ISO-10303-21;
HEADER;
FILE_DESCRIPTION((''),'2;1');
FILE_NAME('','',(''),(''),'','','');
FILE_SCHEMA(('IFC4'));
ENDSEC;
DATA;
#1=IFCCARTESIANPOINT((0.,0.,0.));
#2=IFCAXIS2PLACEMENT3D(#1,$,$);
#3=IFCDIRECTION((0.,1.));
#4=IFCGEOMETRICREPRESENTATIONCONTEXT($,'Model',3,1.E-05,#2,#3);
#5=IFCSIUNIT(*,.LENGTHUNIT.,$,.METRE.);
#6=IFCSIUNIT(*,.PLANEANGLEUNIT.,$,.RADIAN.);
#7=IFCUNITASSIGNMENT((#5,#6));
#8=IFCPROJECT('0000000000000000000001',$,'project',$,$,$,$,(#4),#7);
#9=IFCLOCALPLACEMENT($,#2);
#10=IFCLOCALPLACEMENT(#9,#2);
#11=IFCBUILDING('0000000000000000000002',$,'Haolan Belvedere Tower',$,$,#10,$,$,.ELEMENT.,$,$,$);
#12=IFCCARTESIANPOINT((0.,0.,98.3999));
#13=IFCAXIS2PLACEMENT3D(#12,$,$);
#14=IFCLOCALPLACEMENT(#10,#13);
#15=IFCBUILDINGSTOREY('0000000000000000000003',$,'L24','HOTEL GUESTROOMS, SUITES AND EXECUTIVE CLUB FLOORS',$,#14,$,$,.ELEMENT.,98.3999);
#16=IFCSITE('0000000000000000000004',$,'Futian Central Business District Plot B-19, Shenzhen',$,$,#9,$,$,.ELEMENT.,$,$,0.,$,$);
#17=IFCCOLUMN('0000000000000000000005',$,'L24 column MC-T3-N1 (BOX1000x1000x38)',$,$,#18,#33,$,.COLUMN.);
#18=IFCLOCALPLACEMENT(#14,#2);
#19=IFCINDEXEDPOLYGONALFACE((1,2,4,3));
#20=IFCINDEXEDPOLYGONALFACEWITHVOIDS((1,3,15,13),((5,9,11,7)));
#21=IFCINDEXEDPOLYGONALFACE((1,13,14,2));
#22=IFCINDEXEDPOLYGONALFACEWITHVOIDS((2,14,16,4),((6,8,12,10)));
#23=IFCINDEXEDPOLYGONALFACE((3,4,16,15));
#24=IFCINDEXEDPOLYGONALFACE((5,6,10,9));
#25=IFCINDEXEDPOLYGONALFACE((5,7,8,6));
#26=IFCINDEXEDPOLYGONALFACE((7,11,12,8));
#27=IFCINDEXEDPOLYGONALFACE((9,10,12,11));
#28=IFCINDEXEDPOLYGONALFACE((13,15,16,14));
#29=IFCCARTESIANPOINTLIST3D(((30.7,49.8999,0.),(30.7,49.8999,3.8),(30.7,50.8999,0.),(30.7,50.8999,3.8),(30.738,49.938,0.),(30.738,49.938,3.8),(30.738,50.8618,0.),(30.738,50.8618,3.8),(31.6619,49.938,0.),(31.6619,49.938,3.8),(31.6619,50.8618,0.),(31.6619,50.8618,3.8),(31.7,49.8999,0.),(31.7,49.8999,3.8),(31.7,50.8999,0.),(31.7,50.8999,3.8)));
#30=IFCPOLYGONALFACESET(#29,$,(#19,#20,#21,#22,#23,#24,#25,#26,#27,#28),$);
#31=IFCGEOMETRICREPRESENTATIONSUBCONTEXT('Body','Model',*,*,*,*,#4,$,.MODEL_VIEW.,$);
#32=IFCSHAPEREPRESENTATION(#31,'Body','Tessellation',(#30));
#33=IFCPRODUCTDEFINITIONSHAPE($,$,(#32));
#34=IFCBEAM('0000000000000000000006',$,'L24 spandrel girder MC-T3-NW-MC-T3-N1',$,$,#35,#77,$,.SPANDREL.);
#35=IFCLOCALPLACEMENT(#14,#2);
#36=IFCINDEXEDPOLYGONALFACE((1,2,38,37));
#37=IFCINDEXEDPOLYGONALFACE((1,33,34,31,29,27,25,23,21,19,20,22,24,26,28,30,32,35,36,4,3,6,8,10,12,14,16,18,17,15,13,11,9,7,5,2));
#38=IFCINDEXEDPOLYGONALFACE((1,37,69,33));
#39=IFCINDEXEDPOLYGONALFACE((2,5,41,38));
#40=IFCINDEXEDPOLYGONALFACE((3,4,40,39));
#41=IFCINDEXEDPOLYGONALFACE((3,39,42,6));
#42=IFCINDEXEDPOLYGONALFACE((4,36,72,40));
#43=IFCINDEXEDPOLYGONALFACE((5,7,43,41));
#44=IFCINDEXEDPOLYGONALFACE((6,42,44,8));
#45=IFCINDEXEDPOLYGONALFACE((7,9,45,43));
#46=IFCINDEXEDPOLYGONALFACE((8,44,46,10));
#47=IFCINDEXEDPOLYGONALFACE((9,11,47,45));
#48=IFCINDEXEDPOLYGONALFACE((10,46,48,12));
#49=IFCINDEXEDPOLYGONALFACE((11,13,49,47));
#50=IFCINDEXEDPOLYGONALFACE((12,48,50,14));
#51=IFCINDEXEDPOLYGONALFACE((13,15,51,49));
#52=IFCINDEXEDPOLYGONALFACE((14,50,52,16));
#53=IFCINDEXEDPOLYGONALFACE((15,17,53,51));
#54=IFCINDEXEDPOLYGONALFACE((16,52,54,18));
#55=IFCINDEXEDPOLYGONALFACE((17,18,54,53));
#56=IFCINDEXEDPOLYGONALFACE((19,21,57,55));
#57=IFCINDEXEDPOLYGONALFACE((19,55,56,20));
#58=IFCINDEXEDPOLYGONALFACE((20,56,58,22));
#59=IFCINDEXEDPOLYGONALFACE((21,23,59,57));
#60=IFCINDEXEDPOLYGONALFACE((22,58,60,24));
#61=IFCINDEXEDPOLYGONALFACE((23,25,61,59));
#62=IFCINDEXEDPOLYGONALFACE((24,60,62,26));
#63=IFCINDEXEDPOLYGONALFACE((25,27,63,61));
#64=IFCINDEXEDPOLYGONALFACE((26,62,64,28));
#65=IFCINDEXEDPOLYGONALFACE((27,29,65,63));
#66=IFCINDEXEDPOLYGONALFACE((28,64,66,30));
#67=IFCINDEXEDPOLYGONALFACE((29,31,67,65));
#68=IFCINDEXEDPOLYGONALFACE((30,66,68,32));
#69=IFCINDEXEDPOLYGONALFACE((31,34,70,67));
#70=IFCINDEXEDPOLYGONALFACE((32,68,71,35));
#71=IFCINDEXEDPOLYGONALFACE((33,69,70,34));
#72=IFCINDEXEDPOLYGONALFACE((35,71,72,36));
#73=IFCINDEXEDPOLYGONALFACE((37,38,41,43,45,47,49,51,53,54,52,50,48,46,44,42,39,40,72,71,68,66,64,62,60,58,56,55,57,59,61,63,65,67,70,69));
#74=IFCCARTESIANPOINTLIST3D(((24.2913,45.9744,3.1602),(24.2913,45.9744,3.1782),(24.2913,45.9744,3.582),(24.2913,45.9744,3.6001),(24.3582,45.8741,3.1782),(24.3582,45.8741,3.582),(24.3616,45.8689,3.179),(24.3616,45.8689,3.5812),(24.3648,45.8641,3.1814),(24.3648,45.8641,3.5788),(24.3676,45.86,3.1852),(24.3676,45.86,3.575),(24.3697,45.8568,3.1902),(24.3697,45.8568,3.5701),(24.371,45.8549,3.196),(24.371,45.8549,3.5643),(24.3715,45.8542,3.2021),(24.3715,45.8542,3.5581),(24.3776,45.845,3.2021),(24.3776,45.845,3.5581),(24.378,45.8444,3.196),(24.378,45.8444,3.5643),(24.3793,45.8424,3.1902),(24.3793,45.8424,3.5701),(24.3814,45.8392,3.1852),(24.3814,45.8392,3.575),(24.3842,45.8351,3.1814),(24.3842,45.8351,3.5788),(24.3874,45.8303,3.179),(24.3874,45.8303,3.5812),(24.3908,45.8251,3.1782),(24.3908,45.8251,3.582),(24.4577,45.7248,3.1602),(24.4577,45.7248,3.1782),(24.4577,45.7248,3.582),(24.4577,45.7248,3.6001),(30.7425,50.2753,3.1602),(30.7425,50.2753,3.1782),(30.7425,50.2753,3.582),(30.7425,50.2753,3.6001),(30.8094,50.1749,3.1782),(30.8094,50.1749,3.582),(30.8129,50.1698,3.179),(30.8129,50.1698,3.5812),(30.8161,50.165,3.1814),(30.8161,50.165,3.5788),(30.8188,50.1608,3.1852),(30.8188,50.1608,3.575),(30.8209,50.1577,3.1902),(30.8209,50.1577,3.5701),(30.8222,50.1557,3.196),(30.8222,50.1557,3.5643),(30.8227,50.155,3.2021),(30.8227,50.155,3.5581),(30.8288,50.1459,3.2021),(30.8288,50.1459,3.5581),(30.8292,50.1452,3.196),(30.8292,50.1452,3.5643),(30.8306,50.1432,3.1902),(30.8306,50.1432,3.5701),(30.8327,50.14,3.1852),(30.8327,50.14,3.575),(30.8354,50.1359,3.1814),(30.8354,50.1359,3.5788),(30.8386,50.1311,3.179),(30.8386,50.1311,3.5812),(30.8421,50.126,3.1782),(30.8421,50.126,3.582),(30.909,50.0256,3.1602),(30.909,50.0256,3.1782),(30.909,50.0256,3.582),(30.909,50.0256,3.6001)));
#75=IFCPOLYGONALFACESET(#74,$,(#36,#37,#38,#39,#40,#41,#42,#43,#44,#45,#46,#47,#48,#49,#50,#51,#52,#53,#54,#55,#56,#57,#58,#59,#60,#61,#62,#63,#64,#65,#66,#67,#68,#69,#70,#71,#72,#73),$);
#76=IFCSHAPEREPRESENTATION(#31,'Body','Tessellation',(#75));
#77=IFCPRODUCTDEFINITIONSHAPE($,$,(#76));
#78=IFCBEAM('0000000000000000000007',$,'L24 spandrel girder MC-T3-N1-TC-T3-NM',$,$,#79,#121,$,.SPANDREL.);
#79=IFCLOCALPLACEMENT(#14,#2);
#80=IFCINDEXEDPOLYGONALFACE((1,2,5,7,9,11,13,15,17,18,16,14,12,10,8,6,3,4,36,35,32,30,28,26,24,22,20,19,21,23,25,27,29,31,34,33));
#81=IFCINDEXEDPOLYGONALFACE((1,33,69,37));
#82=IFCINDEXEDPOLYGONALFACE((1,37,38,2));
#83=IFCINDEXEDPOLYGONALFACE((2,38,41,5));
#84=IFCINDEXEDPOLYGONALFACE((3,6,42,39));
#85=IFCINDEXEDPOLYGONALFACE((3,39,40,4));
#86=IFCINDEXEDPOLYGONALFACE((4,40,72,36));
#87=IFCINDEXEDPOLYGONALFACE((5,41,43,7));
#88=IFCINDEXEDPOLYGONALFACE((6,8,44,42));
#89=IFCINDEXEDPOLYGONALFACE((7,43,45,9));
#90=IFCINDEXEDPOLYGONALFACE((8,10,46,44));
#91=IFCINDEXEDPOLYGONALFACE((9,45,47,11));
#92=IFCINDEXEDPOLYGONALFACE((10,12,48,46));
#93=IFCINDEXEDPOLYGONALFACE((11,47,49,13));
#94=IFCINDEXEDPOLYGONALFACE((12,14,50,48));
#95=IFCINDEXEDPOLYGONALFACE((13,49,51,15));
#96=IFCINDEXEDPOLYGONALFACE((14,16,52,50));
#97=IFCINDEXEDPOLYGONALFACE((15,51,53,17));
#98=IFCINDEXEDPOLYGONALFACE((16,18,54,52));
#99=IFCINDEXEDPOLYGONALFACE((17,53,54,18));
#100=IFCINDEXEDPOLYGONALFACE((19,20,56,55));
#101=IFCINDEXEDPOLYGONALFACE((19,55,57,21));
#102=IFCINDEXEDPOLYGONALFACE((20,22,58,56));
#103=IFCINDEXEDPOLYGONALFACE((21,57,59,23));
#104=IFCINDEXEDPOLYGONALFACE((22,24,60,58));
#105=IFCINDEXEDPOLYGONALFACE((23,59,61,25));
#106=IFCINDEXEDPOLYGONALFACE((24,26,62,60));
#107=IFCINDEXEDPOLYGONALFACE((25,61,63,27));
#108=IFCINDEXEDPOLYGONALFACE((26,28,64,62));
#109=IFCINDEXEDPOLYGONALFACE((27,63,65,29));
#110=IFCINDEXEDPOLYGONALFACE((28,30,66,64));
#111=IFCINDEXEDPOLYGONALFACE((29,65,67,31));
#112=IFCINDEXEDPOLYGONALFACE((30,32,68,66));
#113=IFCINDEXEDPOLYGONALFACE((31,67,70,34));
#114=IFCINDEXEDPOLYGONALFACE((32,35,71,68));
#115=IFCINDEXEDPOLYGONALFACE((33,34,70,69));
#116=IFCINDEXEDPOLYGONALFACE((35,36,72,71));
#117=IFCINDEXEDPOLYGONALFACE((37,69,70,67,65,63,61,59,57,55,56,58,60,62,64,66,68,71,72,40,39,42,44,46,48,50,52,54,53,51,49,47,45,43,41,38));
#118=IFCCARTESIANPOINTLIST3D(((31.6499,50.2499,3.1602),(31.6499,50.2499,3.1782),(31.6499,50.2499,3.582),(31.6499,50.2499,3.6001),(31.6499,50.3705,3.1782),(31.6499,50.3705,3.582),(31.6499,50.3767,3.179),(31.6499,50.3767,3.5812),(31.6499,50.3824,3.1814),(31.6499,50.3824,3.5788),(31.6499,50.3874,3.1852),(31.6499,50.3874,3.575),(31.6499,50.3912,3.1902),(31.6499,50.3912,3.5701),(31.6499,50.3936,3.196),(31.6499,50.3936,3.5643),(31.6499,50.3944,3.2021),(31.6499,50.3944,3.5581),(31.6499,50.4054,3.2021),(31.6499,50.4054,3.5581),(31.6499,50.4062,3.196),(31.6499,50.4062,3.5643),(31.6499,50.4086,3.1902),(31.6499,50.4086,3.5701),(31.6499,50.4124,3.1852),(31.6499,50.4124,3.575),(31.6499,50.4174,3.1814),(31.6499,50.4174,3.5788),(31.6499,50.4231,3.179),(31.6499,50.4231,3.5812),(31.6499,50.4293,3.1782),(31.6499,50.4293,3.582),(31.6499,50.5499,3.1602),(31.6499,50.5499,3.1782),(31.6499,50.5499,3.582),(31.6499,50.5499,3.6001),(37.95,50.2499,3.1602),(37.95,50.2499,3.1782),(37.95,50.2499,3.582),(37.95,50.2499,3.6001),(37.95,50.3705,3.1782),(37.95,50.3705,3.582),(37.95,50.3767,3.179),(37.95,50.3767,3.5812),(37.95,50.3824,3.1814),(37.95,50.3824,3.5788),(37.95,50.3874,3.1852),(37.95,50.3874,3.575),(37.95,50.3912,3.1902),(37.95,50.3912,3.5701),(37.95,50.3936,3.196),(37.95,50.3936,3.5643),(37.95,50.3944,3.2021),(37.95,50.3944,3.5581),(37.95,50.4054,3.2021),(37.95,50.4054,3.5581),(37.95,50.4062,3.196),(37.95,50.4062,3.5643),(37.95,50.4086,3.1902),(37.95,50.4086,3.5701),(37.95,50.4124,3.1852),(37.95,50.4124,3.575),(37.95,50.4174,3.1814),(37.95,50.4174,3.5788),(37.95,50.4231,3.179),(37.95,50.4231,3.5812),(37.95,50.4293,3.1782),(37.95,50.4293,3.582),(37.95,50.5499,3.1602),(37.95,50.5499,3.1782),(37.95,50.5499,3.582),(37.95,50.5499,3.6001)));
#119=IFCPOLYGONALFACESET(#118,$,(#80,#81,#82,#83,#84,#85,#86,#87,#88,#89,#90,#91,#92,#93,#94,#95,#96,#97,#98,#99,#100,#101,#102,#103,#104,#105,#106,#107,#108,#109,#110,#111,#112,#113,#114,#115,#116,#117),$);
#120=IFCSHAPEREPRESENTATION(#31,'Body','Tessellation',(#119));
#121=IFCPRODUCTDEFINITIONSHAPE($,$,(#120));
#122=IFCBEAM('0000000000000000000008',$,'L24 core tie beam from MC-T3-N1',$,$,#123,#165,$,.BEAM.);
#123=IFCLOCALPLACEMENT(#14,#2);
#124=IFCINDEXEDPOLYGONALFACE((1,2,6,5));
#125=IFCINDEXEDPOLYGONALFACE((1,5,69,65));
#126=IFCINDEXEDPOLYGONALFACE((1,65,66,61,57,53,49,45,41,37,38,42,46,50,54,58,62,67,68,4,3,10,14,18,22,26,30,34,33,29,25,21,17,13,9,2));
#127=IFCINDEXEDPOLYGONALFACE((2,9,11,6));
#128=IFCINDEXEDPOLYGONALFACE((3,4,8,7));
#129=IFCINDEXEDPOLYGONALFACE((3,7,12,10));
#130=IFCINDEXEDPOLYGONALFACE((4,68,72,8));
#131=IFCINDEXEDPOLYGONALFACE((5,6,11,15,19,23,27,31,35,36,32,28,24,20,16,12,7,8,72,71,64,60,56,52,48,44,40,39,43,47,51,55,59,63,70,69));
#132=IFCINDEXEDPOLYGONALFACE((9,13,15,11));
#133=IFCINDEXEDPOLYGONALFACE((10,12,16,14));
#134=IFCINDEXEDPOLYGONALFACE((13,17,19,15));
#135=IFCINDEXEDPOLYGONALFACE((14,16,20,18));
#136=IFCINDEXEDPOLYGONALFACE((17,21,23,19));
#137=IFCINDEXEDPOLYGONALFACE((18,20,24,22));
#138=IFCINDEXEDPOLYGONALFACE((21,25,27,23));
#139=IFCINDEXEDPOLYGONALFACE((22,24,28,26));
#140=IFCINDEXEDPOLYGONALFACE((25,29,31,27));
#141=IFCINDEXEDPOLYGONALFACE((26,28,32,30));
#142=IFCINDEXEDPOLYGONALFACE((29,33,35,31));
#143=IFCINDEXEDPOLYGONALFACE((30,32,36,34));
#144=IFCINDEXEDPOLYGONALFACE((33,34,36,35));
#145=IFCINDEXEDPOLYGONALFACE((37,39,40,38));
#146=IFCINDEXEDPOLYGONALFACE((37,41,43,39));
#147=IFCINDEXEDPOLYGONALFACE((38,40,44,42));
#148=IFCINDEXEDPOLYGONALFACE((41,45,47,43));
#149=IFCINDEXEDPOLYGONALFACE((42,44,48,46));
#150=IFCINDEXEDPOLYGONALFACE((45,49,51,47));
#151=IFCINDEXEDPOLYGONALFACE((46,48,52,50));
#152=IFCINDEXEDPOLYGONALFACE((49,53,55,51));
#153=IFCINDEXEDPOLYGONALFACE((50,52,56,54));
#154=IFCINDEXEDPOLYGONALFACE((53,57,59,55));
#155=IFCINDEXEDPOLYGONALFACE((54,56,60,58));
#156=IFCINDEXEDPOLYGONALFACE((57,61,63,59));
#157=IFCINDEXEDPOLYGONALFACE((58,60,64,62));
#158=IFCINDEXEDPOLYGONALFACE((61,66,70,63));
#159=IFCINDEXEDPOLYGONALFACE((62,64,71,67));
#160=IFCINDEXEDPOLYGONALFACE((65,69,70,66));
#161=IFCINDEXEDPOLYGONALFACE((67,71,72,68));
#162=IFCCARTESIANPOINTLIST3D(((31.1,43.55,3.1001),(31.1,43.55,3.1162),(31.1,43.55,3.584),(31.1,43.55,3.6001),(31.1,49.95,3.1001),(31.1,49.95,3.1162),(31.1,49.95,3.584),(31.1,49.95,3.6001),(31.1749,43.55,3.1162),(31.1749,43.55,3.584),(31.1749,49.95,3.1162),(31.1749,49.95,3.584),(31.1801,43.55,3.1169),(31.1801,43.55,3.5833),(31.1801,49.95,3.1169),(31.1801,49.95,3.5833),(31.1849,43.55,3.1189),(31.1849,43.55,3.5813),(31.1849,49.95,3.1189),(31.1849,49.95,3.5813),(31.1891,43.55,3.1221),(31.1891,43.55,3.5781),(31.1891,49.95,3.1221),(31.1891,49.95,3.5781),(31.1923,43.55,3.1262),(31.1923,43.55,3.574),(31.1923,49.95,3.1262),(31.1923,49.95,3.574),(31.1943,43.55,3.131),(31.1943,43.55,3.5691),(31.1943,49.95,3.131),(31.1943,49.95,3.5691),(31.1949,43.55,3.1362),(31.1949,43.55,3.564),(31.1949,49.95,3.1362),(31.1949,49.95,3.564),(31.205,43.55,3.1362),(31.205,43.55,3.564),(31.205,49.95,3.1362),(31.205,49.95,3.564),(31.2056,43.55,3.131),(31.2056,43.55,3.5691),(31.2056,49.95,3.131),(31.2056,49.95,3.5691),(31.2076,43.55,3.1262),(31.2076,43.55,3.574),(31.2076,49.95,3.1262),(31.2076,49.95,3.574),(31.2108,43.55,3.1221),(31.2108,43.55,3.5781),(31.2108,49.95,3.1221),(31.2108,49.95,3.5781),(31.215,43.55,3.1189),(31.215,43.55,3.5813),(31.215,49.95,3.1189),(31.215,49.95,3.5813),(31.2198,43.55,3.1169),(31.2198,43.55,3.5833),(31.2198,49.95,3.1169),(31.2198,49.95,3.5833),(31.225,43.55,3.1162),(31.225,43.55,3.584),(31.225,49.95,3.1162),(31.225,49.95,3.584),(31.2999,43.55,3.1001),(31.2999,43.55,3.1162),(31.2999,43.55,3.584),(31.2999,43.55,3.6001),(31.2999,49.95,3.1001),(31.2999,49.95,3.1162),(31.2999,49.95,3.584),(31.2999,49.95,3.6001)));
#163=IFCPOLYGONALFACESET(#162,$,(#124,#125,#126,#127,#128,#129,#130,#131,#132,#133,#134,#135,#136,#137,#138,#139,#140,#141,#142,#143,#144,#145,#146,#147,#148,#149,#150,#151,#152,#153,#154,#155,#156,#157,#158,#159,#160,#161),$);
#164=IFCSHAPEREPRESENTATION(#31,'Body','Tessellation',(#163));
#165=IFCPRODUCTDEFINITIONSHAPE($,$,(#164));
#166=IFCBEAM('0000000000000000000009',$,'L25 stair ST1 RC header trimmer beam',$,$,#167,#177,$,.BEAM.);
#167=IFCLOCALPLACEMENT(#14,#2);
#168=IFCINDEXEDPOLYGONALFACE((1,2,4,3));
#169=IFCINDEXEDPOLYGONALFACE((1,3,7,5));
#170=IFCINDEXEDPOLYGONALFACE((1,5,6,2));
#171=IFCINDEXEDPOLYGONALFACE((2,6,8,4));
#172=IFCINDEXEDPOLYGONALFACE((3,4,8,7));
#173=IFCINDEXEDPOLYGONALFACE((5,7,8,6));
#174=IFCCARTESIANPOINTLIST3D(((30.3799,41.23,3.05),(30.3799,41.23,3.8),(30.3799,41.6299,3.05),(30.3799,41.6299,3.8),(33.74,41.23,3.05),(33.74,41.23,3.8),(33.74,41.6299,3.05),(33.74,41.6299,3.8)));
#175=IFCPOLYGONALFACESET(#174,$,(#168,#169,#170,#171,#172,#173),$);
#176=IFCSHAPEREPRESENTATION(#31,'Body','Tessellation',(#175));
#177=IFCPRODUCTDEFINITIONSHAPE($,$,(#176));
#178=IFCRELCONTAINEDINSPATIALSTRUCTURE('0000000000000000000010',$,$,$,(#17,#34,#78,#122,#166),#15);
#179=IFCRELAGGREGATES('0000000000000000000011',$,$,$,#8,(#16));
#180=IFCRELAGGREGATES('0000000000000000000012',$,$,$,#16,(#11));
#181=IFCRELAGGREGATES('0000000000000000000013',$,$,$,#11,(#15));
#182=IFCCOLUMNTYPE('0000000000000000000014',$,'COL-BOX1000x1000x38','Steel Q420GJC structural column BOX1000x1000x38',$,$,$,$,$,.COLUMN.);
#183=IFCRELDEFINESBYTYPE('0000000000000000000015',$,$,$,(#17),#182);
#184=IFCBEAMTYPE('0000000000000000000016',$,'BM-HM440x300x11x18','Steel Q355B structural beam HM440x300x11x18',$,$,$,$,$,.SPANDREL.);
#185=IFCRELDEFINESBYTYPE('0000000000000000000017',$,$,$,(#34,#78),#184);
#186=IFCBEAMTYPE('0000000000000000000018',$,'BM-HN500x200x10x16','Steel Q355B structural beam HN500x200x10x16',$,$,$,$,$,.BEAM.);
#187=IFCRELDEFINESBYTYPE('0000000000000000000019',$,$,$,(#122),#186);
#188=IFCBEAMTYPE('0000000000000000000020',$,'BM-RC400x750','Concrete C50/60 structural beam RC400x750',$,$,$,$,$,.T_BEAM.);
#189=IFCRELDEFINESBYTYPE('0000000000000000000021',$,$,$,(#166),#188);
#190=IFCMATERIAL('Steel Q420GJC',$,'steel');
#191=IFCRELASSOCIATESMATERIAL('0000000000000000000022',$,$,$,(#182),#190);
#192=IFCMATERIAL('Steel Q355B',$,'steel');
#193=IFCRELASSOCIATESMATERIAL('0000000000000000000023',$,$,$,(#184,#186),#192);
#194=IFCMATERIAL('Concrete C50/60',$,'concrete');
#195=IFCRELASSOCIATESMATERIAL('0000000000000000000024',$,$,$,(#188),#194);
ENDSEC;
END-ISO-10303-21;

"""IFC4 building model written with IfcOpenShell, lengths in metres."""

from ifc_helpers import new_model, si_unit, direction, frame, origin, origin_2d, place, context, subcontext, project, spatial, rectangle, hollow_rectangle, i_section, extrude, material, material_profile, profile_set, type_object, element, save


model = new_model("IFC4")

# Units and contexts
model_context = context("Model", 3, precision=1e-05, world=origin(), true_north=direction((0.0, 1.0)))
body_context = subcontext(model_context, "Body", "Model", "MODEL_VIEW")
ifc_project = project(units=[si_unit("LENGTHUNIT", "METRE"), si_unit("PLANEANGLEUNIT", "RADIAN")], contexts=[model_context])

# Site, building, storey
site_placement = place(None, origin())
site = spatial("IfcSite", under=ifc_project, at=site_placement, Name="Futian Central Business District Plot B-19, Shenzhen", CompositionType="ELEMENT", RefElevation=0.0)
building_placement = place(site_placement, origin())
building = spatial("IfcBuilding", under=site, at=building_placement, Name="Haolan Belvedere Tower", CompositionType="ELEMENT")
storey_placement = place(building_placement, frame((0.0, 0.0, 98.3999)))
storey = spatial("IfcBuildingStorey", under=building, at=storey_placement, Name="L24", Description="HOTEL GUESTROOMS, SUITES AND EXECUTIVE CLUB FLOORS", CompositionType="ELEMENT", Elevation=98.3999)

# Column
ifc_material_1 = material(Name="Steel Q420GJC", Category="steel")
ifc_material_profile_1 = material_profile(ifc_material_1, hollow_rectangle(XDim=1.0, YDim=1.0, WallThickness=0.0381, at=origin_2d()), Name="Steel Q420GJC")
ifc_profile_set_1 = profile_set([ifc_material_profile_1], Name="Steel Q420GJC")
column_type = type_object("IfcColumnType", Name="COL-BOX1000x1000x38", Description="Steel Q420GJC structural column BOX1000x1000x38", PredefinedType="COLUMN", material=ifc_profile_set_1)
column_placement = place(storey_placement, frame((31.2, 50.3999, 0.0), z_axis=(0.0, 0.0, 1.0), x_axis=(1.0, 0.0, 0.0)))
element("IfcColumn", 1, at=column_placement, inside=storey, type_object=column_type, Name="L24 column MC-T3-N1 (BOX1000x1000x38)", PredefinedType="COLUMN", context=body_context, shape_type="SweptSolid", body=[
    extrude(hollow_rectangle(XDim=1.0, YDim=1.0, WallThickness=0.0381, at=origin_2d()), origin(), (0.0, 0.0, 1.0), 3.8),
])

# Beams
ifc_material_2 = material(Name="Steel Q355B", Category="steel")
ifc_material_profile_2 = material_profile(ifc_material_2, i_section(OverallWidth=0.3, OverallDepth=0.4399, WebThickness=0.011, FlangeThickness=0.0181, FilletRadius=0.0239, at=origin_2d()), Name="Steel Q355B")
ifc_profile_set_2 = profile_set([ifc_material_profile_2], Name="Steel Q355B")
beam_type_1 = type_object("IfcBeamType", Name="BM-HM440x300x11x18", Description="Steel Q355B structural beam HM440x300x11x18", PredefinedType="SPANDREL", material=ifc_profile_set_2)
beam_1_placement = place(storey_placement, frame((24.3745, 45.8496, 3.3801), z_axis=(0.83205, 0.5547, 0.0), x_axis=(-0.5547, 0.83205, 0.0)))
element("IfcBeam", 2, at=beam_1_placement, inside=storey, type_object=beam_type_1, Name="L24 spandrel girder MC-T3-NW-MC-T3-N1", PredefinedType="SPANDREL", context=body_context, shape_type="SweptSolid", body=[
    extrude(i_section(OverallWidth=0.3, OverallDepth=0.4399, WebThickness=0.011, FlangeThickness=0.0181, FilletRadius=0.0239, at=origin_2d()), origin(), (0.0, 0.0, 1.0), 7.7534),
])
beam_2_placement = place(storey_placement, frame((31.6499, 50.3999, 3.3801), z_axis=(1.0, 0.0, 0.0), x_axis=(0.0, 1.0, 0.0)))
element("IfcBeam", 3, at=beam_2_placement, inside=storey, type_object=beam_type_1, Name="L24 spandrel girder MC-T3-N1-TC-T3-NM", PredefinedType="SPANDREL", context=body_context, shape_type="SweptSolid", body=[
    extrude(i_section(OverallWidth=0.3, OverallDepth=0.4399, WebThickness=0.011, FlangeThickness=0.0181, FilletRadius=0.0239, at=origin_2d()), origin(), (0.0, 0.0, 1.0), 6.3),
])
ifc_material_profile_3 = material_profile(ifc_material_2, i_section(OverallWidth=0.2, OverallDepth=0.5, WebThickness=0.01, FlangeThickness=0.0161, FilletRadius=0.02, at=origin_2d()), Name="Steel Q355B")
ifc_profile_set_3 = profile_set([ifc_material_profile_3], Name="Steel Q355B")
beam_type_2 = type_object("IfcBeamType", Name="BM-HN500x200x10x16", Description="Steel Q355B structural beam HN500x200x10x16", PredefinedType="BEAM", material=ifc_profile_set_3)
beam_3_placement = place(storey_placement, frame((31.2, 49.95, 3.3501), z_axis=(0.0, -1.0, 0.0), x_axis=(1.0, 0.0, 0.0)))
element("IfcBeam", 4, at=beam_3_placement, inside=storey, type_object=beam_type_2, Name="L24 core tie beam from MC-T3-N1", PredefinedType="BEAM", context=body_context, shape_type="SweptSolid", body=[
    extrude(i_section(OverallWidth=0.2, OverallDepth=0.5, WebThickness=0.01, FlangeThickness=0.0161, FilletRadius=0.02, at=origin_2d()), origin(), (0.0, 0.0, 1.0), 6.3999),
])
ifc_material_3 = material(Name="Concrete C50/60", Category="concrete")
ifc_material_profile_4 = material_profile(ifc_material_3, rectangle(XDim=0.3999, YDim=0.75, at=origin_2d()), Name="Concrete C50/60")
ifc_profile_set_4 = profile_set([ifc_material_profile_4], Name="Concrete C50/60")
beam_type_3 = type_object("IfcBeamType", Name="BM-RC400x750", Description="Concrete C50/60 structural beam RC400x750", PredefinedType="T_BEAM", material=ifc_profile_set_4)
beam_4_placement = place(storey_placement, frame((30.3799, 41.4299, 3.425), z_axis=(1.0, 0.0, 0.0), x_axis=(0.0, 1.0, 0.0)))
element("IfcBeam", 5, at=beam_4_placement, inside=storey, type_object=beam_type_3, Name="L25 stair ST1 RC header trimmer beam", PredefinedType="BEAM", context=body_context, shape_type="SweptSolid", body=[
    extrude(rectangle(XDim=0.3999, YDim=0.75, at=origin_2d()), origin(), (0.0, 0.0, 1.0), 3.3601),
])

save(model, "model.ifc")
